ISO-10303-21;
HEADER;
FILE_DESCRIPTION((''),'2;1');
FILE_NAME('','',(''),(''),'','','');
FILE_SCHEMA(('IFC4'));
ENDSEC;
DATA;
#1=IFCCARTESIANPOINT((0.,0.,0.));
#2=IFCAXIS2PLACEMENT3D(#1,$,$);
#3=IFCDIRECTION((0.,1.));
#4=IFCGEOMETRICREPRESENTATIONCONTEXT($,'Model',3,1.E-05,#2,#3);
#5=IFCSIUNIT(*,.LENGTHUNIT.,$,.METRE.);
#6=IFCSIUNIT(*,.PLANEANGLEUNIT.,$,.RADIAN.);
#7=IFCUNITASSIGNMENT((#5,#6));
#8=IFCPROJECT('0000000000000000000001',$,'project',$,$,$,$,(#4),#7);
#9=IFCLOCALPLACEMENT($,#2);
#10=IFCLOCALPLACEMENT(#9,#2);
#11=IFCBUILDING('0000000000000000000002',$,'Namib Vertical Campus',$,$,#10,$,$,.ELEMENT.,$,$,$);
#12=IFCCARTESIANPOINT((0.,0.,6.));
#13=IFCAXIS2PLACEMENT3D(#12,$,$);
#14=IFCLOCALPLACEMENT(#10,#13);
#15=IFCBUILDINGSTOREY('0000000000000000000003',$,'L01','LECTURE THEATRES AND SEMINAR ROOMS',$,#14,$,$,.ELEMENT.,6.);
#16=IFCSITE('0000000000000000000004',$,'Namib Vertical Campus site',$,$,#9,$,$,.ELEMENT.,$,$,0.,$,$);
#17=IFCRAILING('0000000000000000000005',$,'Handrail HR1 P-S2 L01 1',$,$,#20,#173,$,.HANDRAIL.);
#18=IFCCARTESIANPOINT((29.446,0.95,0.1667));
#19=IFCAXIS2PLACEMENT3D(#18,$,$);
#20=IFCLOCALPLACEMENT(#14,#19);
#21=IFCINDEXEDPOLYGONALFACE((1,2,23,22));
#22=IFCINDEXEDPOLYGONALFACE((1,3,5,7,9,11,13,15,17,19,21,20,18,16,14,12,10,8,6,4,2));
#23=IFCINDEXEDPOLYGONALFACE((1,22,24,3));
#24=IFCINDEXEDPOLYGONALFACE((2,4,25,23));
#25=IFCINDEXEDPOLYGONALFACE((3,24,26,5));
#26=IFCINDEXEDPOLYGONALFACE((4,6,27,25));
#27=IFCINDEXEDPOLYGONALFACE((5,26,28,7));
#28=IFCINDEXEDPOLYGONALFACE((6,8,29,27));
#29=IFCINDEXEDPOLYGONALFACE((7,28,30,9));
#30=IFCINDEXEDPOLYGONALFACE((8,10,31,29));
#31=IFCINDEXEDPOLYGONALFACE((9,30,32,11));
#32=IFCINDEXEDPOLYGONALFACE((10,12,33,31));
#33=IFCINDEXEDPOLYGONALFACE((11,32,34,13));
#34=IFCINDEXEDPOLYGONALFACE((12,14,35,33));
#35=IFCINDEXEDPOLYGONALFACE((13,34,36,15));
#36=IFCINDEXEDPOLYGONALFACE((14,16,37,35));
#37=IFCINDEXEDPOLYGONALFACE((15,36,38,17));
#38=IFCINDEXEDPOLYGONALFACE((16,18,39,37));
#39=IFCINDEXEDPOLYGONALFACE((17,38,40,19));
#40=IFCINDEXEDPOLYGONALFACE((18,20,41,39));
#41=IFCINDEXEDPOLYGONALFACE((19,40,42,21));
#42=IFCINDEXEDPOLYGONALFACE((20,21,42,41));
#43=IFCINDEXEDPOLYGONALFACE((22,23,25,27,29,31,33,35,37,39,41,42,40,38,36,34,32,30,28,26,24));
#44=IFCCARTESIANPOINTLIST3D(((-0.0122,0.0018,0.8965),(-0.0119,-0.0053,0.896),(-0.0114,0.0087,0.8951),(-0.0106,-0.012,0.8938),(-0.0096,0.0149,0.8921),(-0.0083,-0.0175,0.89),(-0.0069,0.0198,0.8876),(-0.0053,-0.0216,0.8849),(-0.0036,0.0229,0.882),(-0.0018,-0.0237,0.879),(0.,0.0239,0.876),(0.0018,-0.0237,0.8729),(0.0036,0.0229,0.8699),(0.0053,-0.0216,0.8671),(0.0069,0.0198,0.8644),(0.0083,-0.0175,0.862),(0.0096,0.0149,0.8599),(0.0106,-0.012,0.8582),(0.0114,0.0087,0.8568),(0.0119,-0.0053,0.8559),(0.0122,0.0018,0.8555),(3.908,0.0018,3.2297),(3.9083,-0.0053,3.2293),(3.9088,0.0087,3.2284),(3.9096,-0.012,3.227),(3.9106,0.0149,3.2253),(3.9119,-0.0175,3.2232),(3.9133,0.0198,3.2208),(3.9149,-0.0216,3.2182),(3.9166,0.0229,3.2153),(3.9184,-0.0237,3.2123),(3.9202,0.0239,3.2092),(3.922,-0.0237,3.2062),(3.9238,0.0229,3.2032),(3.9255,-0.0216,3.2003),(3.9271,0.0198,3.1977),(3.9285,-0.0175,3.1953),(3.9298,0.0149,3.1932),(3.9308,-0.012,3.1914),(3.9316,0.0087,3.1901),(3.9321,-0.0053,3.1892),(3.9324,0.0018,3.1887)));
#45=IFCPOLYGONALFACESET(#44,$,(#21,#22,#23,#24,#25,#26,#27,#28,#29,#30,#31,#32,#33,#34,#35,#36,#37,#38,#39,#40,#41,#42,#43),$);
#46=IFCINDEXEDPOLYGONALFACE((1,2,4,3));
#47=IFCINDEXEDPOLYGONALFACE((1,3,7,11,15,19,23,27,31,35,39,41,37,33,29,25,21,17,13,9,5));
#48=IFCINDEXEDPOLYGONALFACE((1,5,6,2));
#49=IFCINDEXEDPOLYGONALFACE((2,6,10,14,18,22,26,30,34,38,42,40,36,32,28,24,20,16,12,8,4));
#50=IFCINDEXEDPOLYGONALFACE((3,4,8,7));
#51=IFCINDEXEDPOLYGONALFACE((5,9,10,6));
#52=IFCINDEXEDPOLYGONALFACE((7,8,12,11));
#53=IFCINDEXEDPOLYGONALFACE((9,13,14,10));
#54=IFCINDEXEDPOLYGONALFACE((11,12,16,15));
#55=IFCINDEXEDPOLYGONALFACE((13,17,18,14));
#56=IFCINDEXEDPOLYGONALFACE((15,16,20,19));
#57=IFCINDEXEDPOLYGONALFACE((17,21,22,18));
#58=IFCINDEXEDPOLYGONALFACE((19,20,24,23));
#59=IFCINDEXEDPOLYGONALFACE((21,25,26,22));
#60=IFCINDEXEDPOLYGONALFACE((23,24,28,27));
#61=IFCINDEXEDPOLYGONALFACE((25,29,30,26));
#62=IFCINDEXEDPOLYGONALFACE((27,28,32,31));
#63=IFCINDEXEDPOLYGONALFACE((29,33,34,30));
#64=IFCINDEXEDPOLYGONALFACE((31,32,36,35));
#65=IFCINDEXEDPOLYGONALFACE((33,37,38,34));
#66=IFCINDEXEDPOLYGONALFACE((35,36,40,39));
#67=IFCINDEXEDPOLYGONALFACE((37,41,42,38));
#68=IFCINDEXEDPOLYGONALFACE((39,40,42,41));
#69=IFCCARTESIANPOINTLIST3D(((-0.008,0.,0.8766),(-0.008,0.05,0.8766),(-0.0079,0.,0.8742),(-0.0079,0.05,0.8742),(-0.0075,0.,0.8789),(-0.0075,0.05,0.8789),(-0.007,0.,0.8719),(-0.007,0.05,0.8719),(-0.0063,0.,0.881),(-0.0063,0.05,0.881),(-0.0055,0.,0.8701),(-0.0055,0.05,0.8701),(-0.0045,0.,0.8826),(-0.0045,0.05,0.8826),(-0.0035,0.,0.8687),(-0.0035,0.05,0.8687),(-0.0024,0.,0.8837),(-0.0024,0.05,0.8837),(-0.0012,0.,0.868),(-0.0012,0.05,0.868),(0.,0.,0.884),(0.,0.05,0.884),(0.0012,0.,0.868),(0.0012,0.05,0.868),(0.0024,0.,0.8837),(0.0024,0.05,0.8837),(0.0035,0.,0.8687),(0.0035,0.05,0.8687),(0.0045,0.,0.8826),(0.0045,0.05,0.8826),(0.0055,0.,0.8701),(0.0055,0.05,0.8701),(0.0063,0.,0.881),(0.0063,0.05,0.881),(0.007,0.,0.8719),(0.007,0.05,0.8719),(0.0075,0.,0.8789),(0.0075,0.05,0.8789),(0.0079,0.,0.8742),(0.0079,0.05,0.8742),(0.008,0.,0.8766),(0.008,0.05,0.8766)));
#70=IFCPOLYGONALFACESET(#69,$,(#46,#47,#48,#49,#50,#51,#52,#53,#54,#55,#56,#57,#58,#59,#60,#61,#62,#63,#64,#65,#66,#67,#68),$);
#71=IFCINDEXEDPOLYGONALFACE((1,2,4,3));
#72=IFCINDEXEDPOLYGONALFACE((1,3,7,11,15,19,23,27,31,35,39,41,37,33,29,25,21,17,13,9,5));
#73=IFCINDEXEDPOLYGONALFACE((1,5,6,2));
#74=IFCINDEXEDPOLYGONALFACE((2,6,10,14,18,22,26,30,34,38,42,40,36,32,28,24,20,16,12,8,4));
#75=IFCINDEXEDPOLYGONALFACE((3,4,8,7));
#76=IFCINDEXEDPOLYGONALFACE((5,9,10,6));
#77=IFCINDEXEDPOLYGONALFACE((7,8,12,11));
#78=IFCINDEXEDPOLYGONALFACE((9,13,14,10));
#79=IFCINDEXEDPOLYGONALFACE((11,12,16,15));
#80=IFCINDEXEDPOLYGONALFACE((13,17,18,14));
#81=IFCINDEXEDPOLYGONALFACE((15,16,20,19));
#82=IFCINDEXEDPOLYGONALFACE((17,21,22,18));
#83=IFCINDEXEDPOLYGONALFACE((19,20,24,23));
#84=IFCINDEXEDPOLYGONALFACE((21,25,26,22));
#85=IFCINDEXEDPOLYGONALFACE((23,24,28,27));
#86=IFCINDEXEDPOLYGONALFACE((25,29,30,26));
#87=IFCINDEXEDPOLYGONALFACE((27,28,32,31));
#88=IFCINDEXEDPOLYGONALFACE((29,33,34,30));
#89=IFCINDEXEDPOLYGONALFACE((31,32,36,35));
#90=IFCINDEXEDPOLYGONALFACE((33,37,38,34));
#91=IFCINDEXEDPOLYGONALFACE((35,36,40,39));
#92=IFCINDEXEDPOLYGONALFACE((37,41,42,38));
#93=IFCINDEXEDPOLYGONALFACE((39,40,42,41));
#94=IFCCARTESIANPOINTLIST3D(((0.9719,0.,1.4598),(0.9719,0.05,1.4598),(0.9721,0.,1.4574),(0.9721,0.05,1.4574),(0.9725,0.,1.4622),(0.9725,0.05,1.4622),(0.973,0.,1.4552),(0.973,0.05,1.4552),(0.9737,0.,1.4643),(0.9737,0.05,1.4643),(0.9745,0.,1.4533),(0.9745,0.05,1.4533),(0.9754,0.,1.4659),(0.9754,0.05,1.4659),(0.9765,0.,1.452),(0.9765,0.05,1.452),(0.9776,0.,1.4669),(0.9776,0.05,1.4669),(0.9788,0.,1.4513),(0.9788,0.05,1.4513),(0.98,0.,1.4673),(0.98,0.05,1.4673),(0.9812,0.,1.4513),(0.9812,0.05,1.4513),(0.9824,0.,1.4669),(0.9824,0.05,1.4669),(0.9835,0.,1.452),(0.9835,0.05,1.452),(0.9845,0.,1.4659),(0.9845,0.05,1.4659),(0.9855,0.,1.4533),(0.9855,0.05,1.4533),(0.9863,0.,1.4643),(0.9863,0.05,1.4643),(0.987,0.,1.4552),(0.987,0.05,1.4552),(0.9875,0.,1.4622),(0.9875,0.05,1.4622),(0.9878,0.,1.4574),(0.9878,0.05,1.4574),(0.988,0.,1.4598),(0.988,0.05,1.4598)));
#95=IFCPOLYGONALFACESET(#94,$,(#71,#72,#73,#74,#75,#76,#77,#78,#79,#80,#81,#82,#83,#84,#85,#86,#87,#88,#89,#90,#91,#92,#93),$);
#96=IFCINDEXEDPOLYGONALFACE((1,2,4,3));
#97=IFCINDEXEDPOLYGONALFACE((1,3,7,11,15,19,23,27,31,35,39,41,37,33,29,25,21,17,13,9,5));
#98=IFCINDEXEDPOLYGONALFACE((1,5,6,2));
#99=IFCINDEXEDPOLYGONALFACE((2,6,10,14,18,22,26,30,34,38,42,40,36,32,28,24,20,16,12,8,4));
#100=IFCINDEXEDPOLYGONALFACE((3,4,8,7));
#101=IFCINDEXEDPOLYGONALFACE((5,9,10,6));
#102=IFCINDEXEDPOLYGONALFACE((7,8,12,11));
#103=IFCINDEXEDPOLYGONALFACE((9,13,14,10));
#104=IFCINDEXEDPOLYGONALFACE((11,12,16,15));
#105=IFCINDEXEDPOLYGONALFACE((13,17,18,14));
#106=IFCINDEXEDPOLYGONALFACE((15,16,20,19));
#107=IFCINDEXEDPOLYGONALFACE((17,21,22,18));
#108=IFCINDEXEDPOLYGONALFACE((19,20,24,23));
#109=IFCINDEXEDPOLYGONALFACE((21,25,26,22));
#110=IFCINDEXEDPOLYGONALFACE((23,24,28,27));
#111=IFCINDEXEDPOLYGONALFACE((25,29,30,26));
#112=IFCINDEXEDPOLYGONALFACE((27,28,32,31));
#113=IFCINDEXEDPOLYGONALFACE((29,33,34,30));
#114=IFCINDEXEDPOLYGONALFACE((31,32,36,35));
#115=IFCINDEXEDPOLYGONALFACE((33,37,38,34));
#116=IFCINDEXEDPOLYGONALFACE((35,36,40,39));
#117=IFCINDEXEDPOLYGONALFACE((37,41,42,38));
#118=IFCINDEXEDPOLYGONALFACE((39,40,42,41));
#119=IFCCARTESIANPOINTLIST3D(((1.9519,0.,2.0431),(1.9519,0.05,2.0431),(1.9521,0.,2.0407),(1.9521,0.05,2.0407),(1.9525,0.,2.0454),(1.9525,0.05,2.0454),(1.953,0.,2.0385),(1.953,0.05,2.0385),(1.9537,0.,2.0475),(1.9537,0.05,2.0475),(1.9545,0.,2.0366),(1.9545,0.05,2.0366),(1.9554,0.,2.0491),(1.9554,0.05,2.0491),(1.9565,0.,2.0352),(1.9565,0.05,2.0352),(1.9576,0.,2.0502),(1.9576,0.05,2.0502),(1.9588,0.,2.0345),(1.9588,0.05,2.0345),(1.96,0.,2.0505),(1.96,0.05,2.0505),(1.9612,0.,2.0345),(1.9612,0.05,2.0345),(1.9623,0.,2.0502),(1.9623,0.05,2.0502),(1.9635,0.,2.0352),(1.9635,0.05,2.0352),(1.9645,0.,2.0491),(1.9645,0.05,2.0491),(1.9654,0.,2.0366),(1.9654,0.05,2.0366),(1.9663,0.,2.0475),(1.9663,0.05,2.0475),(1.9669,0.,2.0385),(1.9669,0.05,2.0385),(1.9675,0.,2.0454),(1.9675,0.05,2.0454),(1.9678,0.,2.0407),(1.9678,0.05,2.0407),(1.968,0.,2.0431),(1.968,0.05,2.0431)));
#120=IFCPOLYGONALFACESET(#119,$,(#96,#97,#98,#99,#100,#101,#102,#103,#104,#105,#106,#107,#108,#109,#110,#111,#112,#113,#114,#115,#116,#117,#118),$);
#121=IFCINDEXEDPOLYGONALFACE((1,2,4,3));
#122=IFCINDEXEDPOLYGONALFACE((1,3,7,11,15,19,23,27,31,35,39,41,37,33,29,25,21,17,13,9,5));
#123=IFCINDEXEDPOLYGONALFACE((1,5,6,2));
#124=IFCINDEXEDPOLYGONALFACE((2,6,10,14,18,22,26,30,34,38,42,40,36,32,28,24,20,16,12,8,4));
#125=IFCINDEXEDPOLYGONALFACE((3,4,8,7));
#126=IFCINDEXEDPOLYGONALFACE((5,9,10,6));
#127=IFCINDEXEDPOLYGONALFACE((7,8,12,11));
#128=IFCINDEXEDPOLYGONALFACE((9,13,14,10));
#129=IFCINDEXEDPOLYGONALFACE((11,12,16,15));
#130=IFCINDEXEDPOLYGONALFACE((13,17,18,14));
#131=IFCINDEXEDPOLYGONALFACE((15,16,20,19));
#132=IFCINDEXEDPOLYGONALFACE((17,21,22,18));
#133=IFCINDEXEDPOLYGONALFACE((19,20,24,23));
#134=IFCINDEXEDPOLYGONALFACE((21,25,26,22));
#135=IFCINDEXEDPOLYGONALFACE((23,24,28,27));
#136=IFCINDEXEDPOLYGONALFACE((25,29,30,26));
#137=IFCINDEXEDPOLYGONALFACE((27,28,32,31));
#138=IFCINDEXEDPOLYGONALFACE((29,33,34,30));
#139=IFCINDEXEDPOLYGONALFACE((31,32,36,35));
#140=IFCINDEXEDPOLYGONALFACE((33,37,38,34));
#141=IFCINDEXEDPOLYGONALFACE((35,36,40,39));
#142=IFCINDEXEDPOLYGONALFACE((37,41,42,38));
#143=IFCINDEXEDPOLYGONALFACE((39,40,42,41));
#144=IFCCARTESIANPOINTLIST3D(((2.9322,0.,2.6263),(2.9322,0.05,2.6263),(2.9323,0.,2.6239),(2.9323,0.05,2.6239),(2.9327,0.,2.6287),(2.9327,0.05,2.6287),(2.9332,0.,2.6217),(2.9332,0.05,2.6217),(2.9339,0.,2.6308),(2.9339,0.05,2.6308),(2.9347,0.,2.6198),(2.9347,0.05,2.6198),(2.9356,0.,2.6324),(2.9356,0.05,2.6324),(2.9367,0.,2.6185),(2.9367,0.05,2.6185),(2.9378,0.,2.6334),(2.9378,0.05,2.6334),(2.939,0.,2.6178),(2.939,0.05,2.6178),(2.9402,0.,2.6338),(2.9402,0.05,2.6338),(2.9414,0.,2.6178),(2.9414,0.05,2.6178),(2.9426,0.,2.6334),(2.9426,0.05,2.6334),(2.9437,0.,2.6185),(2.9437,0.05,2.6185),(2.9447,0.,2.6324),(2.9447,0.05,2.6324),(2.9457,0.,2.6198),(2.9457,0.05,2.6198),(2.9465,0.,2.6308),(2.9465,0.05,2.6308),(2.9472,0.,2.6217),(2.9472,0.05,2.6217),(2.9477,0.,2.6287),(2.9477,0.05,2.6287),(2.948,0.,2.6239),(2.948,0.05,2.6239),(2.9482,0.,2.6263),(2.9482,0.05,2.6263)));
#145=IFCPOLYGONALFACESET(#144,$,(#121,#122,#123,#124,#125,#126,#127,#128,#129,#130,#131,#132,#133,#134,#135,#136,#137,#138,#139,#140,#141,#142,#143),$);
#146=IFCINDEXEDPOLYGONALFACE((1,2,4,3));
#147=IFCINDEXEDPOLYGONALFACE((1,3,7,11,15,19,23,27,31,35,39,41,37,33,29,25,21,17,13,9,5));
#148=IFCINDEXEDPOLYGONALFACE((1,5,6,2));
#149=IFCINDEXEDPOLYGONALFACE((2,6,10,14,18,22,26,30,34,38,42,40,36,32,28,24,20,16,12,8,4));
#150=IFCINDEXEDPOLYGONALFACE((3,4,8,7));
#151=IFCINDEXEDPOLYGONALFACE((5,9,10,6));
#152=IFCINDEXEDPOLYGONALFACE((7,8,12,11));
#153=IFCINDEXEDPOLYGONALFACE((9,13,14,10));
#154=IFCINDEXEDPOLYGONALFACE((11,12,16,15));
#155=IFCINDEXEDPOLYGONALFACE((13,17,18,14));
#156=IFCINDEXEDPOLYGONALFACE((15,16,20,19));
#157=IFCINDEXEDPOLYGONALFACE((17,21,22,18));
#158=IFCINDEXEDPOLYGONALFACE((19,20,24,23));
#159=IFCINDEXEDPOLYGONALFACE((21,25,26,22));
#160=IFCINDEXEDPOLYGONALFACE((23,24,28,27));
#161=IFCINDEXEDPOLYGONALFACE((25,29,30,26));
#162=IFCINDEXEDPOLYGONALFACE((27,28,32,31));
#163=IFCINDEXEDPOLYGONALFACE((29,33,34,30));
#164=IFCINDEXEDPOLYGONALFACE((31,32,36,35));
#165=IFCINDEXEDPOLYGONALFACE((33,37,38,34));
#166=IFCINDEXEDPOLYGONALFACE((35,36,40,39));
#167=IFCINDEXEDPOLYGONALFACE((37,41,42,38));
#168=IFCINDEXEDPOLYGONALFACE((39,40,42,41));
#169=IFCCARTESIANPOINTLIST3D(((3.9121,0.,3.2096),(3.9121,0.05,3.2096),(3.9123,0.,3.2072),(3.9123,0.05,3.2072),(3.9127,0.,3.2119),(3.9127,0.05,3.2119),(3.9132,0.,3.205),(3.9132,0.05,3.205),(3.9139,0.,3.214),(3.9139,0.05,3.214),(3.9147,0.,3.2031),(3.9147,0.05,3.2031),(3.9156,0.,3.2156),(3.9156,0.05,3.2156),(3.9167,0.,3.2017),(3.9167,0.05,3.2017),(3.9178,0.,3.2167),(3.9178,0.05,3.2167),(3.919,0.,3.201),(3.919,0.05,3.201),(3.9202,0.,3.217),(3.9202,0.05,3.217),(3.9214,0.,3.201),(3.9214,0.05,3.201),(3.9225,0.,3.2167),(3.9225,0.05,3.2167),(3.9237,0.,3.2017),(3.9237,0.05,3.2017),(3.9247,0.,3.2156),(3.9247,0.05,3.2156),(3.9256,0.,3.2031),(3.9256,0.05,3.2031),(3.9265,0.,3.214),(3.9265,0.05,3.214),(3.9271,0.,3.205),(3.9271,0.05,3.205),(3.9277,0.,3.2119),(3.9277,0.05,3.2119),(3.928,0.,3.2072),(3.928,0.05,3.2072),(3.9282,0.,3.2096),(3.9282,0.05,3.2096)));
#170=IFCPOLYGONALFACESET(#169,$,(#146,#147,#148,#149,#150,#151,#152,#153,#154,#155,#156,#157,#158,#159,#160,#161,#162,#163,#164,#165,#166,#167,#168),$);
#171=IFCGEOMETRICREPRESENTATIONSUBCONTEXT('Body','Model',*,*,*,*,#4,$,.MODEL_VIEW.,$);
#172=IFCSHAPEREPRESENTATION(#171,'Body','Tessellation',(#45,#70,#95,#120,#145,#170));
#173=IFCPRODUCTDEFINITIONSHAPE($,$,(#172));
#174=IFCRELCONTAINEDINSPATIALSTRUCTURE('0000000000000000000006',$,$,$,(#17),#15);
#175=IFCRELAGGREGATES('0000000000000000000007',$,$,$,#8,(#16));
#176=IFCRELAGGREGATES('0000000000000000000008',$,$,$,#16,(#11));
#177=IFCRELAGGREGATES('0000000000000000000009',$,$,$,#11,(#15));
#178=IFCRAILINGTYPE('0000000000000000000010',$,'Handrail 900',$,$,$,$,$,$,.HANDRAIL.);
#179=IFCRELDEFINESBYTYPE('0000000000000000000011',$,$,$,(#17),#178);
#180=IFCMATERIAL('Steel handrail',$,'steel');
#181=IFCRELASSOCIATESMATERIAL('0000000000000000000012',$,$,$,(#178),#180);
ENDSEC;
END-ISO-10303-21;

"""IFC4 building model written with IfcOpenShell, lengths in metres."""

from ifc_helpers import new_model, si_unit, direction, frame, origin, origin_2d, place, context, subcontext, project, spatial, circle, extrude, material, type_object, element, save


model = new_model("IFC4")

# Units and contexts
model_context = context("Model", 3, precision=1e-05, world=origin(), true_north=direction((0.0, 1.0)))
body_context = subcontext(model_context, "Body", "Model", "MODEL_VIEW")
ifc_project = project(units=[si_unit("LENGTHUNIT", "METRE"), si_unit("PLANEANGLEUNIT", "RADIAN")], contexts=[model_context])

# Site, building, storey
site_placement = place(None, origin())
site = spatial("IfcSite", under=ifc_project, at=site_placement, Name="Namib Vertical Campus site", CompositionType="ELEMENT", RefElevation=0.0)
building_placement = place(site_placement, origin())
building = spatial("IfcBuilding", under=site, at=building_placement, Name="Namib Vertical Campus", CompositionType="ELEMENT")
storey_placement = place(building_placement, frame((0.0, 0.0, 6.0)))
storey = spatial("IfcBuildingStorey", under=building, at=storey_placement, Name="L01", Description="LECTURE THEATRES AND SEMINAR ROOMS", CompositionType="ELEMENT", Elevation=6.0)

# Railing
ifc_material_1 = material(Name="Steel handrail", Category="steel")
railing_type_1 = type_object("IfcRailingType", Name="Handrail 900", PredefinedType="HANDRAIL", material=ifc_material_1)
railing_1_placement = place(storey_placement, frame((29.446, 0.95, 0.1667)))
element("IfcRailing", 1, at=railing_1_placement, inside=storey, type_object=railing_type_1, Name="Handrail HR1 P-S2 L01 1", PredefinedType="HANDRAIL", context=body_context, shape_type="SweptSolid", body=[
    extrude(circle(Radius=0.0239, at=origin_2d()), frame((0.0, 0.0, 0.876), z_axis=(0.85931, 0.0, 0.511455), x_axis=(0.0, 1.0, 0.0)), (0.0, 0.0, 1.0), 4.562),
    extrude(circle(Radius=0.0081, at=origin_2d()), frame((0.0, 0.0, 0.876), z_axis=(0.0, 1.0, 0.0), x_axis=(0.0, 0.0, 1.0)), (0.0, 0.0, 1.0), 0.05),
    extrude(circle(Radius=0.0081, at=origin_2d()), frame((0.98, 0.0, 1.4592), z_axis=(0.0, 1.0, 0.0), x_axis=(0.0, 0.0, 1.0)), (0.0, 0.0, 1.0), 0.05),
    extrude(circle(Radius=0.0081, at=origin_2d()), frame((1.96, 0.0, 2.0425), z_axis=(0.0, 1.0, 0.0), x_axis=(0.0, 0.0, 1.0)), (0.0, 0.0, 1.0), 0.05),
    extrude(circle(Radius=0.0081, at=origin_2d()), frame((2.9402, 0.0, 2.6257), z_axis=(0.0, 1.0, 0.0), x_axis=(0.0, 0.0, 1.0)), (0.0, 0.0, 1.0), 0.05),
    extrude(circle(Radius=0.0081, at=origin_2d()), frame((3.9202, 0.0, 3.209), z_axis=(0.0, 1.0, 0.0), x_axis=(0.0, 0.0, 1.0)), (0.0, 0.0, 1.0), 0.05),
])

save(model, "model.ifc")
